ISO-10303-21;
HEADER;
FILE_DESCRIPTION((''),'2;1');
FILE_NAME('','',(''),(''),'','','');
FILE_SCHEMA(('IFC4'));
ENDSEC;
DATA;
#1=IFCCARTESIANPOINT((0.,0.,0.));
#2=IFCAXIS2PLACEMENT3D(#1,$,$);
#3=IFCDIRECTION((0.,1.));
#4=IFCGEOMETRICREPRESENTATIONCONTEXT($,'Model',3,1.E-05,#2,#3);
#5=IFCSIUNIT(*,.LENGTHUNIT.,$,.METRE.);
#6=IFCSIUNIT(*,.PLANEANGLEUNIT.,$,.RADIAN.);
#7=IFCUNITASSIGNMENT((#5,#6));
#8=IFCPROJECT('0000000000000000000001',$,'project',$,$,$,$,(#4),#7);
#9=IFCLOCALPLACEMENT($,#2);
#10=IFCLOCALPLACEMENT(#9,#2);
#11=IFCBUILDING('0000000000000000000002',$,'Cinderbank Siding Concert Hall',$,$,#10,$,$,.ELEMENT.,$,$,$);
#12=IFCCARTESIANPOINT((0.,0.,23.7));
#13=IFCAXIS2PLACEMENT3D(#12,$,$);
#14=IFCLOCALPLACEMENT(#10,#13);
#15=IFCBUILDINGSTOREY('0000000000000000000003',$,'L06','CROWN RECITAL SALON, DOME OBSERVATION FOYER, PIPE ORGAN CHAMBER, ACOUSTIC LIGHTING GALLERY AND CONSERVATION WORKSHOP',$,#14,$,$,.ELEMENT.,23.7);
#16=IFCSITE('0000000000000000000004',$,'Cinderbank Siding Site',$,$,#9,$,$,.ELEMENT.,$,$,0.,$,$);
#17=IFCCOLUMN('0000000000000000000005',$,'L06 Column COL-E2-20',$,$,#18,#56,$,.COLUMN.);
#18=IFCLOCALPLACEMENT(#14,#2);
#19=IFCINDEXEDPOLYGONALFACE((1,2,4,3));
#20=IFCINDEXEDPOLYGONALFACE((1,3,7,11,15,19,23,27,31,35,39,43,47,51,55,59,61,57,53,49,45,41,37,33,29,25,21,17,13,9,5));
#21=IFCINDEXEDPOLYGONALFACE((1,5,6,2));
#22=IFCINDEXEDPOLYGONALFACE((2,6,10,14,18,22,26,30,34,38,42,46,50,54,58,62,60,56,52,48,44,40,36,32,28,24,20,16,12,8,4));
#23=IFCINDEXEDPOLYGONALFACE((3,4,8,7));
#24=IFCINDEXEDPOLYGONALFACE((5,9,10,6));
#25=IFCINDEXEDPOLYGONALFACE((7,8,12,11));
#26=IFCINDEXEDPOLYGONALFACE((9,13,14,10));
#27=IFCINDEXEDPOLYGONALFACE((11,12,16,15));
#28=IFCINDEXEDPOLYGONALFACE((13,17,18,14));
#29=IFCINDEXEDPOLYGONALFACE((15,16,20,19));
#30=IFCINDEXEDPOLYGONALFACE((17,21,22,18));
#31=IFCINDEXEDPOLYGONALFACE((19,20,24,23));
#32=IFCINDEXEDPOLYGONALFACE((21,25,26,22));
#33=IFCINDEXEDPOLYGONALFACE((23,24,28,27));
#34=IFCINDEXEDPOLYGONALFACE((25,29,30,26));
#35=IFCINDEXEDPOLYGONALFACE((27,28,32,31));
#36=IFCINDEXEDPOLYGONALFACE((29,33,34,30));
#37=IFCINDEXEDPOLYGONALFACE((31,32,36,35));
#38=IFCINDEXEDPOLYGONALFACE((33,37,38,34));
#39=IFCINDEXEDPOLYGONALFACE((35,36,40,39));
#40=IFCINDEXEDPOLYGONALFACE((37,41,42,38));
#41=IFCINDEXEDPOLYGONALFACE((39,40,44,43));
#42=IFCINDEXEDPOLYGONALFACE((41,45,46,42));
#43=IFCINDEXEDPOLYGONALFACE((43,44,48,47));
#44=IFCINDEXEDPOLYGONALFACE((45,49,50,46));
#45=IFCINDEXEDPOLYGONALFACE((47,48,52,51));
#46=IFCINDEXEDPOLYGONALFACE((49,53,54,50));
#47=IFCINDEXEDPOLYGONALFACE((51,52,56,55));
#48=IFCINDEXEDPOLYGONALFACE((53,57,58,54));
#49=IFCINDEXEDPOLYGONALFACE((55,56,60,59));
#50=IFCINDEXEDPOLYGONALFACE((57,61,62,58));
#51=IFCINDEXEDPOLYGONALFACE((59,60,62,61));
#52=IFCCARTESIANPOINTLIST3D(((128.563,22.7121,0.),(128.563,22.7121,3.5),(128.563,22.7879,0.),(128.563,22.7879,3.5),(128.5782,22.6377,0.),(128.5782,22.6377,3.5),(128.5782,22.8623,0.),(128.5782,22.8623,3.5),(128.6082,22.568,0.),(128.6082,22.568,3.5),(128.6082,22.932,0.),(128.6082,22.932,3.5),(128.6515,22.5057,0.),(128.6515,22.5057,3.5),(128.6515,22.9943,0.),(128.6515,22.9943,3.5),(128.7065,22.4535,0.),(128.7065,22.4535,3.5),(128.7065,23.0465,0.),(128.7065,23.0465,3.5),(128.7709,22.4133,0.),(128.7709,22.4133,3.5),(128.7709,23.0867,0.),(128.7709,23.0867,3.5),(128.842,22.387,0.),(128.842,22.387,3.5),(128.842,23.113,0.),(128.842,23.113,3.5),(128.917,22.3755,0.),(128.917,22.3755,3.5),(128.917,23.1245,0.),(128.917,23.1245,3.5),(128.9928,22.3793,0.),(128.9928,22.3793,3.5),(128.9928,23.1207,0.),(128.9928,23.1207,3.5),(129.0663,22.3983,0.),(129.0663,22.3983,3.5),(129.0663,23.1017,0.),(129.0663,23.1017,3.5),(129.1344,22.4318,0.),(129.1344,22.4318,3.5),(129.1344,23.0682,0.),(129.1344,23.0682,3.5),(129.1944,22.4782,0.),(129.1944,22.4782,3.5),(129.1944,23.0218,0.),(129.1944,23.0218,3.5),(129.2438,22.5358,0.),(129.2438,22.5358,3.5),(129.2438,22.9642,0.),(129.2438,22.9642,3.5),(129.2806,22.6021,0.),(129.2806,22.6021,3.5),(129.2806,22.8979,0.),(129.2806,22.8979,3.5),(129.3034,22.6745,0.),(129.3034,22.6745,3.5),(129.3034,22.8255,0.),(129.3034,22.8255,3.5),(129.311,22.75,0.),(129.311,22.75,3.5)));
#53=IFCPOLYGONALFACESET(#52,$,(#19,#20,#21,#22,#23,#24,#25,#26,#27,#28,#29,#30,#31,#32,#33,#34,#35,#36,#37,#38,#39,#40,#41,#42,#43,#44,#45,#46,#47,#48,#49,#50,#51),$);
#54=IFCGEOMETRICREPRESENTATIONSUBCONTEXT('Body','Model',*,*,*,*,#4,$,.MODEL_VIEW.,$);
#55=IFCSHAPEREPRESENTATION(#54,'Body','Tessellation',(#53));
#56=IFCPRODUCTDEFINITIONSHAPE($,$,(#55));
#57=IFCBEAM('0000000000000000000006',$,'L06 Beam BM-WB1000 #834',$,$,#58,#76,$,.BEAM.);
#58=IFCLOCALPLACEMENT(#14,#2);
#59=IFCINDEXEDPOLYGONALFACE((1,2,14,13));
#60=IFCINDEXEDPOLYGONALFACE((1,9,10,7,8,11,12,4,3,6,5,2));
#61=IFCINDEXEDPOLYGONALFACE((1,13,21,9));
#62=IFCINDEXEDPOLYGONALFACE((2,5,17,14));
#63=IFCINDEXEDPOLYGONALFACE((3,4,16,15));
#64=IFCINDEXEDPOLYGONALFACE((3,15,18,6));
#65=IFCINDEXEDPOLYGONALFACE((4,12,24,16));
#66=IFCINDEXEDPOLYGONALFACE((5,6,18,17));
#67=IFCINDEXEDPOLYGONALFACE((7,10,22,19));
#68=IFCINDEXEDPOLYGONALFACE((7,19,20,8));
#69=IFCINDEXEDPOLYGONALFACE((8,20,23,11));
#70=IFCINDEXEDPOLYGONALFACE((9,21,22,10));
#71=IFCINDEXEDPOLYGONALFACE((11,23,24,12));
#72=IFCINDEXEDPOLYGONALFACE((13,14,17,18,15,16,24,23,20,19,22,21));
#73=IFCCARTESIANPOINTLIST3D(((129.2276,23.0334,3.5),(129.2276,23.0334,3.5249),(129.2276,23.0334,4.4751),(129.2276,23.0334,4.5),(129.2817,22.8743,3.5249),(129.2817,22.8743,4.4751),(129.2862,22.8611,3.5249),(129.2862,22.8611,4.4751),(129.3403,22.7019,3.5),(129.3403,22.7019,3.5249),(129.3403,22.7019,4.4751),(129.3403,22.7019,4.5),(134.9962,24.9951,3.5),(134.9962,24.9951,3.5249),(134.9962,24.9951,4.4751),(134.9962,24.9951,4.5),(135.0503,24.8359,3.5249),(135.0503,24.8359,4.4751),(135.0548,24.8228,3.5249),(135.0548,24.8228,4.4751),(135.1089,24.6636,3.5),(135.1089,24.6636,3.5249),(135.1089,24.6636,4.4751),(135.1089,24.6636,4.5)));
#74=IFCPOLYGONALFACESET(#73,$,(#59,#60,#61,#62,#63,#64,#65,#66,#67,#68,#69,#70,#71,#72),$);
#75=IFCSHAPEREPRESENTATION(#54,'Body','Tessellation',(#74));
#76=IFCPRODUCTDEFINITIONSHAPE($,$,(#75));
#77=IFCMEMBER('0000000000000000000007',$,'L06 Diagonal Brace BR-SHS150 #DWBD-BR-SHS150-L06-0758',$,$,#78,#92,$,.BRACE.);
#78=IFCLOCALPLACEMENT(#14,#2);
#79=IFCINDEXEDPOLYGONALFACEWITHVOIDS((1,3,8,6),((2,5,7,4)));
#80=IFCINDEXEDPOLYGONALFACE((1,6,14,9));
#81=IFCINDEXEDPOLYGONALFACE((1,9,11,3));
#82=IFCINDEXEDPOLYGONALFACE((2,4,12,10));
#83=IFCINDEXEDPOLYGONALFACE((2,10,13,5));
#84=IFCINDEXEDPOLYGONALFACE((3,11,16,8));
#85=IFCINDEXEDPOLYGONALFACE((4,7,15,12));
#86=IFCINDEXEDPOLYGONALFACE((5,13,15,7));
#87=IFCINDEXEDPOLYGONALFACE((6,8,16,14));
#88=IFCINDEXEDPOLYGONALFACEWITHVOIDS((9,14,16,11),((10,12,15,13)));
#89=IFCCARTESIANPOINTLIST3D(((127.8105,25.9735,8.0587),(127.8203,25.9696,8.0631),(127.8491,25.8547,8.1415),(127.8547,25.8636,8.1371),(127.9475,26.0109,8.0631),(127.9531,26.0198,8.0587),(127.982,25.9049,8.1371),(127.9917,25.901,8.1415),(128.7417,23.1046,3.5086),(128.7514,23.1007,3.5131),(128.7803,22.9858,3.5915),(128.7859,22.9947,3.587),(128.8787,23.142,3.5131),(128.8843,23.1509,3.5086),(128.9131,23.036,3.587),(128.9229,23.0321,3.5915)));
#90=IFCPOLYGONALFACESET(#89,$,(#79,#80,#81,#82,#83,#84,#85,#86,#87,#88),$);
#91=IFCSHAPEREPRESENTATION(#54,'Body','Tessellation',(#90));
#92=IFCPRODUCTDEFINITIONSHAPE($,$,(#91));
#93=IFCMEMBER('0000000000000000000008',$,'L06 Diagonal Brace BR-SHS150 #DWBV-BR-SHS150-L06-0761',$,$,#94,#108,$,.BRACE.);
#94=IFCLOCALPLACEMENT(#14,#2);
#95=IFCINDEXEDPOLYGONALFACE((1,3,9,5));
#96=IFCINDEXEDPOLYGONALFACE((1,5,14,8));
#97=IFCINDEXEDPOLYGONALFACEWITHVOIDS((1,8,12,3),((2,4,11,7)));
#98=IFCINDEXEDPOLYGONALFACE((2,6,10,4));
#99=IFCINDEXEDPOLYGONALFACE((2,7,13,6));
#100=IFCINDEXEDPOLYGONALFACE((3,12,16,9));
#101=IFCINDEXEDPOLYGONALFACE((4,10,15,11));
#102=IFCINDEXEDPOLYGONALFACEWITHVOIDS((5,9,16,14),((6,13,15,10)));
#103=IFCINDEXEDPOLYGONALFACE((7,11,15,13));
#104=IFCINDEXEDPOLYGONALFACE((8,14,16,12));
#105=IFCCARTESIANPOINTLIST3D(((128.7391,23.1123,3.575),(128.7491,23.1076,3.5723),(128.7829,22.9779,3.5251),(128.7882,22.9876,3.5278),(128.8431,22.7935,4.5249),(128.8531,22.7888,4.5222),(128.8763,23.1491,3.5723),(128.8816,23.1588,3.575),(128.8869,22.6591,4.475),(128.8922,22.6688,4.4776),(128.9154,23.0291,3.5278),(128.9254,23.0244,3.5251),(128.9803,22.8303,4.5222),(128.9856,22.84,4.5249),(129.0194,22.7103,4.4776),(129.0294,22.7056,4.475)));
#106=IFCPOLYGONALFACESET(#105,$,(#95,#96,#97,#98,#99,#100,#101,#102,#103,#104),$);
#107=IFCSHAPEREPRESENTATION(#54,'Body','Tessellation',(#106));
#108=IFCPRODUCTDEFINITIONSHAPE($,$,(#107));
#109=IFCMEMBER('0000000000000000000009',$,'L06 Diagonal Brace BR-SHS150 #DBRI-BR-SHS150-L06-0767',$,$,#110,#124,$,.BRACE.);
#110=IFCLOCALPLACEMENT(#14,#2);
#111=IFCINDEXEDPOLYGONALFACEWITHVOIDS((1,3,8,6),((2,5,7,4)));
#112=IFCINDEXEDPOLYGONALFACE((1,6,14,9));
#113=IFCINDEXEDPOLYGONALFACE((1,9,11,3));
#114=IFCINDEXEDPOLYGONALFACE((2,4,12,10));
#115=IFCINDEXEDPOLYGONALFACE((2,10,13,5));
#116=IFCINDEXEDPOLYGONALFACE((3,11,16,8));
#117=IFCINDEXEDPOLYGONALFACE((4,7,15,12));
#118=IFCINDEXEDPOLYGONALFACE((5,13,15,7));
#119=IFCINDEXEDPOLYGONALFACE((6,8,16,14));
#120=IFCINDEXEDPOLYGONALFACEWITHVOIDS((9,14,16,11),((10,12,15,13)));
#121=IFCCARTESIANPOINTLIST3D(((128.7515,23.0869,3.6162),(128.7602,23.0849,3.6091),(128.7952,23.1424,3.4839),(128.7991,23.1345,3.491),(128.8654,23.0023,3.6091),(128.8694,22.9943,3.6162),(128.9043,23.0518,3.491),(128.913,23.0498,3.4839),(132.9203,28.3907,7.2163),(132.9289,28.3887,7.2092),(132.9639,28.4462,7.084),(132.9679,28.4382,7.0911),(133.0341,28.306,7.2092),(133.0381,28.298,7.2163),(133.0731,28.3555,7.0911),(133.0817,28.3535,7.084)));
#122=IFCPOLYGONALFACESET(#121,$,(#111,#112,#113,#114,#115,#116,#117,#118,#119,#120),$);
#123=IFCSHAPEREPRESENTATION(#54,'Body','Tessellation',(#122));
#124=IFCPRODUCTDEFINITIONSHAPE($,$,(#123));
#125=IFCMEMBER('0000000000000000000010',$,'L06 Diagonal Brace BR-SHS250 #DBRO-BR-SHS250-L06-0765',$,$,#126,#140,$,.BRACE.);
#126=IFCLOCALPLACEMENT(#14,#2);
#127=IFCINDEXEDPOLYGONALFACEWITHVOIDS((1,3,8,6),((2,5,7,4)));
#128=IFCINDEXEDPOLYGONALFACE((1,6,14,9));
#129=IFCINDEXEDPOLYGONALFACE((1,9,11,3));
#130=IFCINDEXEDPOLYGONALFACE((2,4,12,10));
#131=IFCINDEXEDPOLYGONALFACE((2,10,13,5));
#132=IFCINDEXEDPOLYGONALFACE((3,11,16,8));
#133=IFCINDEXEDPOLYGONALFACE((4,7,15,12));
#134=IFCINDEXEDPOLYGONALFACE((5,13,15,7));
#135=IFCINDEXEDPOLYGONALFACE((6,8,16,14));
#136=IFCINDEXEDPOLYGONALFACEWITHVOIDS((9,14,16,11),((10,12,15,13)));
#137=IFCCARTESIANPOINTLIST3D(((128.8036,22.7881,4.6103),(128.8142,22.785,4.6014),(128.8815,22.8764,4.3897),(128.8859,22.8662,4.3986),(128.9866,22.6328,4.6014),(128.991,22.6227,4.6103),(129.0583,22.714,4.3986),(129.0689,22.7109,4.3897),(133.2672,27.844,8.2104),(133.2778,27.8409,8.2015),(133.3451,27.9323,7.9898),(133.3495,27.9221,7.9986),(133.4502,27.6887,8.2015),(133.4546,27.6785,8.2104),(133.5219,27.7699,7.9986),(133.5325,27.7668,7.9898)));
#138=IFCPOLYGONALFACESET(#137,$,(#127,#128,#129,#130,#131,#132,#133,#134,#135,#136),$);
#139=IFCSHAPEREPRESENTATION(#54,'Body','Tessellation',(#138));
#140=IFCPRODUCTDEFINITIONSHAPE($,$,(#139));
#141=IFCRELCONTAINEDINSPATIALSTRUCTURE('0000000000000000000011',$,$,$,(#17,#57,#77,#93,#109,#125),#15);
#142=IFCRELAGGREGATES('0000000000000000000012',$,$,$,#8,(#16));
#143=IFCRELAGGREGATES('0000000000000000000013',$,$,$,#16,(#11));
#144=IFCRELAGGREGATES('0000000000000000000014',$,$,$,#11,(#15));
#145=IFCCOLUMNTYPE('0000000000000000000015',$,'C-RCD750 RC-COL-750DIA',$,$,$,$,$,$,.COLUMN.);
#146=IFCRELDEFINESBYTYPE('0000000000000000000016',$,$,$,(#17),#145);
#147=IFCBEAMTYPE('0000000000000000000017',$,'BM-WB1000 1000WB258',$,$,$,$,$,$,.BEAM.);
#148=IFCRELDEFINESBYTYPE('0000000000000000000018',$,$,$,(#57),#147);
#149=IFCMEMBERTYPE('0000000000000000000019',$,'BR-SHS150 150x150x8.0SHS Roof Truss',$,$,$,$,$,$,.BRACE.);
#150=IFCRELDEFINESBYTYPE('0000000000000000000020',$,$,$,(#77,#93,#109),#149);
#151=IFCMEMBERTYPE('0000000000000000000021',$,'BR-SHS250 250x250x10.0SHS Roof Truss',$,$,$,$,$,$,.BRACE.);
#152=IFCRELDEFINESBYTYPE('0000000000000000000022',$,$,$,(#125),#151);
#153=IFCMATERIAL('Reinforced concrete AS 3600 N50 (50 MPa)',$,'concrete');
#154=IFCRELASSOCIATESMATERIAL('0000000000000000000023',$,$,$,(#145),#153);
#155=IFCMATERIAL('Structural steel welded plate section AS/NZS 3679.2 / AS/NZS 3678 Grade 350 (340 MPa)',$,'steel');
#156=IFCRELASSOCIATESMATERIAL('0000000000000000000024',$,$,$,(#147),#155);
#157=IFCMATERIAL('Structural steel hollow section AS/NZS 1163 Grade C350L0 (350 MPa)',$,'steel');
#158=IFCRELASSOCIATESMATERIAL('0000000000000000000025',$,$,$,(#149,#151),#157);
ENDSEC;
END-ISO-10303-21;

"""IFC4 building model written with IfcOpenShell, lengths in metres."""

from ifc_helpers import new_model, si_unit, direction, frame, origin, origin_2d, place, context, subcontext, project, spatial, hollow_rectangle, circle, i_section, extrude, material, material_profile, profile_set, type_object, element, save


model = new_model("IFC4")

# Units and contexts
model_context = context("Model", 3, precision=1e-05, world=origin(), true_north=direction((0.0, 1.0)))
body_context = subcontext(model_context, "Body", "Model", "MODEL_VIEW")
ifc_project = project(units=[si_unit("LENGTHUNIT", "METRE"), si_unit("PLANEANGLEUNIT", "RADIAN")], contexts=[model_context])

# Site, building, storey
site_placement = place(None, origin())
site = spatial("IfcSite", under=ifc_project, at=site_placement, Name="Cinderbank Siding Site", CompositionType="ELEMENT", RefElevation=0.0)
building_placement = place(site_placement, origin())
building = spatial("IfcBuilding", under=site, at=building_placement, Name="Cinderbank Siding Concert Hall", CompositionType="ELEMENT")
storey_placement = place(building_placement, frame((0.0, 0.0, 23.7)))
storey = spatial("IfcBuildingStorey", under=building, at=storey_placement, Name="L06", Description="CROWN RECITAL SALON, DOME OBSERVATION FOYER, PIPE ORGAN CHAMBER, ACOUSTIC LIGHTING GALLERY AND CONSERVATION WORKSHOP", CompositionType="ELEMENT", Elevation=23.7)

# Column
ifc_material_1 = material(Name="Reinforced concrete AS 3600 N50 (50 MPa)", Category="concrete")
ifc_material_profile_1 = material_profile(ifc_material_1, circle(Radius=0.375, at=origin_2d()), Name="RC-COL-750DIA", Category="LoadBearing")
ifc_profile_set_1 = profile_set([ifc_material_profile_1], Name="Reinforced concrete AS 3600 N50 (50 MPa)")
column_type = type_object("IfcColumnType", Name="C-RCD750 RC-COL-750DIA", PredefinedType="COLUMN", material=ifc_profile_set_1)
column_placement = place(storey_placement, frame((128.936, 22.75, 0.0), z_axis=(0.0, 0.0, 1.0), x_axis=(1.0, 0.0, 0.0)))
element("IfcColumn", 1, at=column_placement, inside=storey, type_object=column_type, Name="L06 Column COL-E2-20", PredefinedType="COLUMN", context=body_context, shape_type="SweptSolid", body=[
    extrude(circle(Radius=0.375, at=origin_2d()), origin(), (0.0, 0.0, 1.0), 3.5),
])

# Beam
ifc_material_2 = material(Name="Structural steel welded plate section AS/NZS 3679.2 / AS/NZS 3678 Grade 350 (340 MPa)", Category="steel")
ifc_material_profile_2 = material_profile(ifc_material_2, i_section(OverallWidth=0.3501, OverallDepth=1.0, WebThickness=0.0139, FlangeThickness=0.0249, at=origin_2d()), Name="1000WB258", Category="LoadBearing")
ifc_profile_set_2 = profile_set([ifc_material_profile_2], Name="Structural steel welded plate section AS/NZS 3679.2 / AS/NZS 3678 Grade 350 (340 MPa)")
beam_type = type_object("IfcBeamType", Name="BM-WB1000 1000WB258", PredefinedType="BEAM", material=ifc_profile_set_2)
beam_placement = place(storey_placement, frame((129.2839, 22.8677, 4.0), z_axis=(0.946755, 0.321956, 0.0), x_axis=(-0.321956, 0.946755, 0.0)))
element("IfcBeam", 2, at=beam_placement, inside=storey, type_object=beam_type, Name="L06 Beam BM-WB1000 #834", PredefinedType="BEAM", context=body_context, shape_type="SweptSolid", body=[
    extrude(i_section(OverallWidth=0.3501, OverallDepth=1.0, WebThickness=0.0139, FlangeThickness=0.0249, at=origin_2d()), origin(), (0.0, 0.0, 1.0), 6.093),
])

# Members
ifc_material_3 = material(Name="Structural steel hollow section AS/NZS 1163 Grade C350L0 (350 MPa)", Category="steel")
ifc_material_profile_3 = material_profile(ifc_material_3, hollow_rectangle(XDim=0.1499, YDim=0.1499, WallThickness=0.0081, at=origin_2d()), Name="150x150x8.0SHS", Category="LoadBearing")
ifc_profile_set_3 = profile_set([ifc_material_profile_3], Name="Structural steel hollow section AS/NZS 1163 Grade C350L0 (350 MPa)")
member_type_1 = type_object("IfcMemberType", Name="BR-SHS150 150x150x8.0SHS Roof Truss", PredefinedType="BRACE", material=ifc_profile_set_3)
member_1_placement = place(storey_placement, frame((128.8323, 23.0684, 3.55), z_axis=(-0.170572, 0.525536, 0.833497), x_axis=(-0.951155, -0.308715, 0.0)))
element("IfcMember", 3, at=member_1_placement, inside=storey, type_object=member_type_1, Name="L06 Diagonal Brace BR-SHS150 #DWBD-BR-SHS150-L06-0758", PredefinedType="BRACE", context=body_context, shape_type="SweptSolid", body=[
    extrude(hollow_rectangle(XDim=0.1499, YDim=0.1499, WallThickness=0.0081, at=origin_2d()), origin(), (0.0, 0.0, 1.0), 5.459),
])
member_2_placement = place(storey_placement, frame((128.8323, 23.0684, 3.55), z_axis=(0.103238, -0.3165, 0.942958), x_axis=(0.950702, 0.310106, 0.0)))
element("IfcMember", 4, at=member_2_placement, inside=storey, type_object=member_type_1, Name="L06 Diagonal Brace BR-SHS150 #DWBV-BR-SHS150-L06-0761", PredefinedType="BRACE", context=body_context, shape_type="SweptSolid", body=[
    extrude(hollow_rectangle(XDim=0.1499, YDim=0.1499, WallThickness=0.0081, at=origin_2d()), origin(), (0.0, 0.0, 1.0), 1.0073),
])
member_3_placement = place(storey_placement, frame((128.8323, 23.0684, 3.55), z_axis=(0.545182, 0.693618, 0.47082), x_axis=(-0.78621, 0.617959, 0.0)))
element("IfcMember", 5, at=member_3_placement, inside=storey, type_object=member_type_1, Name="L06 Diagonal Brace BR-SHS150 #DBRI-BR-SHS150-L06-0767", PredefinedType="BRACE", context=body_context, shape_type="SweptSolid", body=[
    extrude(hollow_rectangle(XDim=0.1499, YDim=0.1499, WallThickness=0.0081, at=origin_2d()), origin(), (0.0, 0.0, 1.0), 7.6465),
])
ifc_material_profile_4 = material_profile(ifc_material_3, hollow_rectangle(XDim=0.25, YDim=0.25, WallThickness=0.01, at=origin_2d()), Name="250x250x10.0SHS", Category="LoadBearing")
ifc_profile_set_4 = profile_set([ifc_material_profile_4], Name="Structural steel hollow section AS/NZS 1163 Grade C350L0 (350 MPa)")
member_type_2 = type_object("IfcMemberType", Name="BR-SHS250 250x250x10.0SHS Roof Truss", PredefinedType="BRACE", material=ifc_profile_set_4)
member_4_placement = place(storey_placement, frame((128.9363, 22.7495, 4.5), z_axis=(0.583858, 0.661331, 0.470905), x_axis=(-0.749652, 0.661832, 0.0)))
element("IfcMember", 6, at=member_4_placement, inside=storey, type_object=member_type_2, Name="L06 Diagonal Brace BR-SHS250 #DBRO-BR-SHS250-L06-0765", PredefinedType="BRACE", context=body_context, shape_type="SweptSolid", body=[
    extrude(hollow_rectangle(XDim=0.25, YDim=0.25, WallThickness=0.01, at=origin_2d()), origin(), (0.0, 0.0, 1.0), 7.645),
])

save(model, "model.ifc")
